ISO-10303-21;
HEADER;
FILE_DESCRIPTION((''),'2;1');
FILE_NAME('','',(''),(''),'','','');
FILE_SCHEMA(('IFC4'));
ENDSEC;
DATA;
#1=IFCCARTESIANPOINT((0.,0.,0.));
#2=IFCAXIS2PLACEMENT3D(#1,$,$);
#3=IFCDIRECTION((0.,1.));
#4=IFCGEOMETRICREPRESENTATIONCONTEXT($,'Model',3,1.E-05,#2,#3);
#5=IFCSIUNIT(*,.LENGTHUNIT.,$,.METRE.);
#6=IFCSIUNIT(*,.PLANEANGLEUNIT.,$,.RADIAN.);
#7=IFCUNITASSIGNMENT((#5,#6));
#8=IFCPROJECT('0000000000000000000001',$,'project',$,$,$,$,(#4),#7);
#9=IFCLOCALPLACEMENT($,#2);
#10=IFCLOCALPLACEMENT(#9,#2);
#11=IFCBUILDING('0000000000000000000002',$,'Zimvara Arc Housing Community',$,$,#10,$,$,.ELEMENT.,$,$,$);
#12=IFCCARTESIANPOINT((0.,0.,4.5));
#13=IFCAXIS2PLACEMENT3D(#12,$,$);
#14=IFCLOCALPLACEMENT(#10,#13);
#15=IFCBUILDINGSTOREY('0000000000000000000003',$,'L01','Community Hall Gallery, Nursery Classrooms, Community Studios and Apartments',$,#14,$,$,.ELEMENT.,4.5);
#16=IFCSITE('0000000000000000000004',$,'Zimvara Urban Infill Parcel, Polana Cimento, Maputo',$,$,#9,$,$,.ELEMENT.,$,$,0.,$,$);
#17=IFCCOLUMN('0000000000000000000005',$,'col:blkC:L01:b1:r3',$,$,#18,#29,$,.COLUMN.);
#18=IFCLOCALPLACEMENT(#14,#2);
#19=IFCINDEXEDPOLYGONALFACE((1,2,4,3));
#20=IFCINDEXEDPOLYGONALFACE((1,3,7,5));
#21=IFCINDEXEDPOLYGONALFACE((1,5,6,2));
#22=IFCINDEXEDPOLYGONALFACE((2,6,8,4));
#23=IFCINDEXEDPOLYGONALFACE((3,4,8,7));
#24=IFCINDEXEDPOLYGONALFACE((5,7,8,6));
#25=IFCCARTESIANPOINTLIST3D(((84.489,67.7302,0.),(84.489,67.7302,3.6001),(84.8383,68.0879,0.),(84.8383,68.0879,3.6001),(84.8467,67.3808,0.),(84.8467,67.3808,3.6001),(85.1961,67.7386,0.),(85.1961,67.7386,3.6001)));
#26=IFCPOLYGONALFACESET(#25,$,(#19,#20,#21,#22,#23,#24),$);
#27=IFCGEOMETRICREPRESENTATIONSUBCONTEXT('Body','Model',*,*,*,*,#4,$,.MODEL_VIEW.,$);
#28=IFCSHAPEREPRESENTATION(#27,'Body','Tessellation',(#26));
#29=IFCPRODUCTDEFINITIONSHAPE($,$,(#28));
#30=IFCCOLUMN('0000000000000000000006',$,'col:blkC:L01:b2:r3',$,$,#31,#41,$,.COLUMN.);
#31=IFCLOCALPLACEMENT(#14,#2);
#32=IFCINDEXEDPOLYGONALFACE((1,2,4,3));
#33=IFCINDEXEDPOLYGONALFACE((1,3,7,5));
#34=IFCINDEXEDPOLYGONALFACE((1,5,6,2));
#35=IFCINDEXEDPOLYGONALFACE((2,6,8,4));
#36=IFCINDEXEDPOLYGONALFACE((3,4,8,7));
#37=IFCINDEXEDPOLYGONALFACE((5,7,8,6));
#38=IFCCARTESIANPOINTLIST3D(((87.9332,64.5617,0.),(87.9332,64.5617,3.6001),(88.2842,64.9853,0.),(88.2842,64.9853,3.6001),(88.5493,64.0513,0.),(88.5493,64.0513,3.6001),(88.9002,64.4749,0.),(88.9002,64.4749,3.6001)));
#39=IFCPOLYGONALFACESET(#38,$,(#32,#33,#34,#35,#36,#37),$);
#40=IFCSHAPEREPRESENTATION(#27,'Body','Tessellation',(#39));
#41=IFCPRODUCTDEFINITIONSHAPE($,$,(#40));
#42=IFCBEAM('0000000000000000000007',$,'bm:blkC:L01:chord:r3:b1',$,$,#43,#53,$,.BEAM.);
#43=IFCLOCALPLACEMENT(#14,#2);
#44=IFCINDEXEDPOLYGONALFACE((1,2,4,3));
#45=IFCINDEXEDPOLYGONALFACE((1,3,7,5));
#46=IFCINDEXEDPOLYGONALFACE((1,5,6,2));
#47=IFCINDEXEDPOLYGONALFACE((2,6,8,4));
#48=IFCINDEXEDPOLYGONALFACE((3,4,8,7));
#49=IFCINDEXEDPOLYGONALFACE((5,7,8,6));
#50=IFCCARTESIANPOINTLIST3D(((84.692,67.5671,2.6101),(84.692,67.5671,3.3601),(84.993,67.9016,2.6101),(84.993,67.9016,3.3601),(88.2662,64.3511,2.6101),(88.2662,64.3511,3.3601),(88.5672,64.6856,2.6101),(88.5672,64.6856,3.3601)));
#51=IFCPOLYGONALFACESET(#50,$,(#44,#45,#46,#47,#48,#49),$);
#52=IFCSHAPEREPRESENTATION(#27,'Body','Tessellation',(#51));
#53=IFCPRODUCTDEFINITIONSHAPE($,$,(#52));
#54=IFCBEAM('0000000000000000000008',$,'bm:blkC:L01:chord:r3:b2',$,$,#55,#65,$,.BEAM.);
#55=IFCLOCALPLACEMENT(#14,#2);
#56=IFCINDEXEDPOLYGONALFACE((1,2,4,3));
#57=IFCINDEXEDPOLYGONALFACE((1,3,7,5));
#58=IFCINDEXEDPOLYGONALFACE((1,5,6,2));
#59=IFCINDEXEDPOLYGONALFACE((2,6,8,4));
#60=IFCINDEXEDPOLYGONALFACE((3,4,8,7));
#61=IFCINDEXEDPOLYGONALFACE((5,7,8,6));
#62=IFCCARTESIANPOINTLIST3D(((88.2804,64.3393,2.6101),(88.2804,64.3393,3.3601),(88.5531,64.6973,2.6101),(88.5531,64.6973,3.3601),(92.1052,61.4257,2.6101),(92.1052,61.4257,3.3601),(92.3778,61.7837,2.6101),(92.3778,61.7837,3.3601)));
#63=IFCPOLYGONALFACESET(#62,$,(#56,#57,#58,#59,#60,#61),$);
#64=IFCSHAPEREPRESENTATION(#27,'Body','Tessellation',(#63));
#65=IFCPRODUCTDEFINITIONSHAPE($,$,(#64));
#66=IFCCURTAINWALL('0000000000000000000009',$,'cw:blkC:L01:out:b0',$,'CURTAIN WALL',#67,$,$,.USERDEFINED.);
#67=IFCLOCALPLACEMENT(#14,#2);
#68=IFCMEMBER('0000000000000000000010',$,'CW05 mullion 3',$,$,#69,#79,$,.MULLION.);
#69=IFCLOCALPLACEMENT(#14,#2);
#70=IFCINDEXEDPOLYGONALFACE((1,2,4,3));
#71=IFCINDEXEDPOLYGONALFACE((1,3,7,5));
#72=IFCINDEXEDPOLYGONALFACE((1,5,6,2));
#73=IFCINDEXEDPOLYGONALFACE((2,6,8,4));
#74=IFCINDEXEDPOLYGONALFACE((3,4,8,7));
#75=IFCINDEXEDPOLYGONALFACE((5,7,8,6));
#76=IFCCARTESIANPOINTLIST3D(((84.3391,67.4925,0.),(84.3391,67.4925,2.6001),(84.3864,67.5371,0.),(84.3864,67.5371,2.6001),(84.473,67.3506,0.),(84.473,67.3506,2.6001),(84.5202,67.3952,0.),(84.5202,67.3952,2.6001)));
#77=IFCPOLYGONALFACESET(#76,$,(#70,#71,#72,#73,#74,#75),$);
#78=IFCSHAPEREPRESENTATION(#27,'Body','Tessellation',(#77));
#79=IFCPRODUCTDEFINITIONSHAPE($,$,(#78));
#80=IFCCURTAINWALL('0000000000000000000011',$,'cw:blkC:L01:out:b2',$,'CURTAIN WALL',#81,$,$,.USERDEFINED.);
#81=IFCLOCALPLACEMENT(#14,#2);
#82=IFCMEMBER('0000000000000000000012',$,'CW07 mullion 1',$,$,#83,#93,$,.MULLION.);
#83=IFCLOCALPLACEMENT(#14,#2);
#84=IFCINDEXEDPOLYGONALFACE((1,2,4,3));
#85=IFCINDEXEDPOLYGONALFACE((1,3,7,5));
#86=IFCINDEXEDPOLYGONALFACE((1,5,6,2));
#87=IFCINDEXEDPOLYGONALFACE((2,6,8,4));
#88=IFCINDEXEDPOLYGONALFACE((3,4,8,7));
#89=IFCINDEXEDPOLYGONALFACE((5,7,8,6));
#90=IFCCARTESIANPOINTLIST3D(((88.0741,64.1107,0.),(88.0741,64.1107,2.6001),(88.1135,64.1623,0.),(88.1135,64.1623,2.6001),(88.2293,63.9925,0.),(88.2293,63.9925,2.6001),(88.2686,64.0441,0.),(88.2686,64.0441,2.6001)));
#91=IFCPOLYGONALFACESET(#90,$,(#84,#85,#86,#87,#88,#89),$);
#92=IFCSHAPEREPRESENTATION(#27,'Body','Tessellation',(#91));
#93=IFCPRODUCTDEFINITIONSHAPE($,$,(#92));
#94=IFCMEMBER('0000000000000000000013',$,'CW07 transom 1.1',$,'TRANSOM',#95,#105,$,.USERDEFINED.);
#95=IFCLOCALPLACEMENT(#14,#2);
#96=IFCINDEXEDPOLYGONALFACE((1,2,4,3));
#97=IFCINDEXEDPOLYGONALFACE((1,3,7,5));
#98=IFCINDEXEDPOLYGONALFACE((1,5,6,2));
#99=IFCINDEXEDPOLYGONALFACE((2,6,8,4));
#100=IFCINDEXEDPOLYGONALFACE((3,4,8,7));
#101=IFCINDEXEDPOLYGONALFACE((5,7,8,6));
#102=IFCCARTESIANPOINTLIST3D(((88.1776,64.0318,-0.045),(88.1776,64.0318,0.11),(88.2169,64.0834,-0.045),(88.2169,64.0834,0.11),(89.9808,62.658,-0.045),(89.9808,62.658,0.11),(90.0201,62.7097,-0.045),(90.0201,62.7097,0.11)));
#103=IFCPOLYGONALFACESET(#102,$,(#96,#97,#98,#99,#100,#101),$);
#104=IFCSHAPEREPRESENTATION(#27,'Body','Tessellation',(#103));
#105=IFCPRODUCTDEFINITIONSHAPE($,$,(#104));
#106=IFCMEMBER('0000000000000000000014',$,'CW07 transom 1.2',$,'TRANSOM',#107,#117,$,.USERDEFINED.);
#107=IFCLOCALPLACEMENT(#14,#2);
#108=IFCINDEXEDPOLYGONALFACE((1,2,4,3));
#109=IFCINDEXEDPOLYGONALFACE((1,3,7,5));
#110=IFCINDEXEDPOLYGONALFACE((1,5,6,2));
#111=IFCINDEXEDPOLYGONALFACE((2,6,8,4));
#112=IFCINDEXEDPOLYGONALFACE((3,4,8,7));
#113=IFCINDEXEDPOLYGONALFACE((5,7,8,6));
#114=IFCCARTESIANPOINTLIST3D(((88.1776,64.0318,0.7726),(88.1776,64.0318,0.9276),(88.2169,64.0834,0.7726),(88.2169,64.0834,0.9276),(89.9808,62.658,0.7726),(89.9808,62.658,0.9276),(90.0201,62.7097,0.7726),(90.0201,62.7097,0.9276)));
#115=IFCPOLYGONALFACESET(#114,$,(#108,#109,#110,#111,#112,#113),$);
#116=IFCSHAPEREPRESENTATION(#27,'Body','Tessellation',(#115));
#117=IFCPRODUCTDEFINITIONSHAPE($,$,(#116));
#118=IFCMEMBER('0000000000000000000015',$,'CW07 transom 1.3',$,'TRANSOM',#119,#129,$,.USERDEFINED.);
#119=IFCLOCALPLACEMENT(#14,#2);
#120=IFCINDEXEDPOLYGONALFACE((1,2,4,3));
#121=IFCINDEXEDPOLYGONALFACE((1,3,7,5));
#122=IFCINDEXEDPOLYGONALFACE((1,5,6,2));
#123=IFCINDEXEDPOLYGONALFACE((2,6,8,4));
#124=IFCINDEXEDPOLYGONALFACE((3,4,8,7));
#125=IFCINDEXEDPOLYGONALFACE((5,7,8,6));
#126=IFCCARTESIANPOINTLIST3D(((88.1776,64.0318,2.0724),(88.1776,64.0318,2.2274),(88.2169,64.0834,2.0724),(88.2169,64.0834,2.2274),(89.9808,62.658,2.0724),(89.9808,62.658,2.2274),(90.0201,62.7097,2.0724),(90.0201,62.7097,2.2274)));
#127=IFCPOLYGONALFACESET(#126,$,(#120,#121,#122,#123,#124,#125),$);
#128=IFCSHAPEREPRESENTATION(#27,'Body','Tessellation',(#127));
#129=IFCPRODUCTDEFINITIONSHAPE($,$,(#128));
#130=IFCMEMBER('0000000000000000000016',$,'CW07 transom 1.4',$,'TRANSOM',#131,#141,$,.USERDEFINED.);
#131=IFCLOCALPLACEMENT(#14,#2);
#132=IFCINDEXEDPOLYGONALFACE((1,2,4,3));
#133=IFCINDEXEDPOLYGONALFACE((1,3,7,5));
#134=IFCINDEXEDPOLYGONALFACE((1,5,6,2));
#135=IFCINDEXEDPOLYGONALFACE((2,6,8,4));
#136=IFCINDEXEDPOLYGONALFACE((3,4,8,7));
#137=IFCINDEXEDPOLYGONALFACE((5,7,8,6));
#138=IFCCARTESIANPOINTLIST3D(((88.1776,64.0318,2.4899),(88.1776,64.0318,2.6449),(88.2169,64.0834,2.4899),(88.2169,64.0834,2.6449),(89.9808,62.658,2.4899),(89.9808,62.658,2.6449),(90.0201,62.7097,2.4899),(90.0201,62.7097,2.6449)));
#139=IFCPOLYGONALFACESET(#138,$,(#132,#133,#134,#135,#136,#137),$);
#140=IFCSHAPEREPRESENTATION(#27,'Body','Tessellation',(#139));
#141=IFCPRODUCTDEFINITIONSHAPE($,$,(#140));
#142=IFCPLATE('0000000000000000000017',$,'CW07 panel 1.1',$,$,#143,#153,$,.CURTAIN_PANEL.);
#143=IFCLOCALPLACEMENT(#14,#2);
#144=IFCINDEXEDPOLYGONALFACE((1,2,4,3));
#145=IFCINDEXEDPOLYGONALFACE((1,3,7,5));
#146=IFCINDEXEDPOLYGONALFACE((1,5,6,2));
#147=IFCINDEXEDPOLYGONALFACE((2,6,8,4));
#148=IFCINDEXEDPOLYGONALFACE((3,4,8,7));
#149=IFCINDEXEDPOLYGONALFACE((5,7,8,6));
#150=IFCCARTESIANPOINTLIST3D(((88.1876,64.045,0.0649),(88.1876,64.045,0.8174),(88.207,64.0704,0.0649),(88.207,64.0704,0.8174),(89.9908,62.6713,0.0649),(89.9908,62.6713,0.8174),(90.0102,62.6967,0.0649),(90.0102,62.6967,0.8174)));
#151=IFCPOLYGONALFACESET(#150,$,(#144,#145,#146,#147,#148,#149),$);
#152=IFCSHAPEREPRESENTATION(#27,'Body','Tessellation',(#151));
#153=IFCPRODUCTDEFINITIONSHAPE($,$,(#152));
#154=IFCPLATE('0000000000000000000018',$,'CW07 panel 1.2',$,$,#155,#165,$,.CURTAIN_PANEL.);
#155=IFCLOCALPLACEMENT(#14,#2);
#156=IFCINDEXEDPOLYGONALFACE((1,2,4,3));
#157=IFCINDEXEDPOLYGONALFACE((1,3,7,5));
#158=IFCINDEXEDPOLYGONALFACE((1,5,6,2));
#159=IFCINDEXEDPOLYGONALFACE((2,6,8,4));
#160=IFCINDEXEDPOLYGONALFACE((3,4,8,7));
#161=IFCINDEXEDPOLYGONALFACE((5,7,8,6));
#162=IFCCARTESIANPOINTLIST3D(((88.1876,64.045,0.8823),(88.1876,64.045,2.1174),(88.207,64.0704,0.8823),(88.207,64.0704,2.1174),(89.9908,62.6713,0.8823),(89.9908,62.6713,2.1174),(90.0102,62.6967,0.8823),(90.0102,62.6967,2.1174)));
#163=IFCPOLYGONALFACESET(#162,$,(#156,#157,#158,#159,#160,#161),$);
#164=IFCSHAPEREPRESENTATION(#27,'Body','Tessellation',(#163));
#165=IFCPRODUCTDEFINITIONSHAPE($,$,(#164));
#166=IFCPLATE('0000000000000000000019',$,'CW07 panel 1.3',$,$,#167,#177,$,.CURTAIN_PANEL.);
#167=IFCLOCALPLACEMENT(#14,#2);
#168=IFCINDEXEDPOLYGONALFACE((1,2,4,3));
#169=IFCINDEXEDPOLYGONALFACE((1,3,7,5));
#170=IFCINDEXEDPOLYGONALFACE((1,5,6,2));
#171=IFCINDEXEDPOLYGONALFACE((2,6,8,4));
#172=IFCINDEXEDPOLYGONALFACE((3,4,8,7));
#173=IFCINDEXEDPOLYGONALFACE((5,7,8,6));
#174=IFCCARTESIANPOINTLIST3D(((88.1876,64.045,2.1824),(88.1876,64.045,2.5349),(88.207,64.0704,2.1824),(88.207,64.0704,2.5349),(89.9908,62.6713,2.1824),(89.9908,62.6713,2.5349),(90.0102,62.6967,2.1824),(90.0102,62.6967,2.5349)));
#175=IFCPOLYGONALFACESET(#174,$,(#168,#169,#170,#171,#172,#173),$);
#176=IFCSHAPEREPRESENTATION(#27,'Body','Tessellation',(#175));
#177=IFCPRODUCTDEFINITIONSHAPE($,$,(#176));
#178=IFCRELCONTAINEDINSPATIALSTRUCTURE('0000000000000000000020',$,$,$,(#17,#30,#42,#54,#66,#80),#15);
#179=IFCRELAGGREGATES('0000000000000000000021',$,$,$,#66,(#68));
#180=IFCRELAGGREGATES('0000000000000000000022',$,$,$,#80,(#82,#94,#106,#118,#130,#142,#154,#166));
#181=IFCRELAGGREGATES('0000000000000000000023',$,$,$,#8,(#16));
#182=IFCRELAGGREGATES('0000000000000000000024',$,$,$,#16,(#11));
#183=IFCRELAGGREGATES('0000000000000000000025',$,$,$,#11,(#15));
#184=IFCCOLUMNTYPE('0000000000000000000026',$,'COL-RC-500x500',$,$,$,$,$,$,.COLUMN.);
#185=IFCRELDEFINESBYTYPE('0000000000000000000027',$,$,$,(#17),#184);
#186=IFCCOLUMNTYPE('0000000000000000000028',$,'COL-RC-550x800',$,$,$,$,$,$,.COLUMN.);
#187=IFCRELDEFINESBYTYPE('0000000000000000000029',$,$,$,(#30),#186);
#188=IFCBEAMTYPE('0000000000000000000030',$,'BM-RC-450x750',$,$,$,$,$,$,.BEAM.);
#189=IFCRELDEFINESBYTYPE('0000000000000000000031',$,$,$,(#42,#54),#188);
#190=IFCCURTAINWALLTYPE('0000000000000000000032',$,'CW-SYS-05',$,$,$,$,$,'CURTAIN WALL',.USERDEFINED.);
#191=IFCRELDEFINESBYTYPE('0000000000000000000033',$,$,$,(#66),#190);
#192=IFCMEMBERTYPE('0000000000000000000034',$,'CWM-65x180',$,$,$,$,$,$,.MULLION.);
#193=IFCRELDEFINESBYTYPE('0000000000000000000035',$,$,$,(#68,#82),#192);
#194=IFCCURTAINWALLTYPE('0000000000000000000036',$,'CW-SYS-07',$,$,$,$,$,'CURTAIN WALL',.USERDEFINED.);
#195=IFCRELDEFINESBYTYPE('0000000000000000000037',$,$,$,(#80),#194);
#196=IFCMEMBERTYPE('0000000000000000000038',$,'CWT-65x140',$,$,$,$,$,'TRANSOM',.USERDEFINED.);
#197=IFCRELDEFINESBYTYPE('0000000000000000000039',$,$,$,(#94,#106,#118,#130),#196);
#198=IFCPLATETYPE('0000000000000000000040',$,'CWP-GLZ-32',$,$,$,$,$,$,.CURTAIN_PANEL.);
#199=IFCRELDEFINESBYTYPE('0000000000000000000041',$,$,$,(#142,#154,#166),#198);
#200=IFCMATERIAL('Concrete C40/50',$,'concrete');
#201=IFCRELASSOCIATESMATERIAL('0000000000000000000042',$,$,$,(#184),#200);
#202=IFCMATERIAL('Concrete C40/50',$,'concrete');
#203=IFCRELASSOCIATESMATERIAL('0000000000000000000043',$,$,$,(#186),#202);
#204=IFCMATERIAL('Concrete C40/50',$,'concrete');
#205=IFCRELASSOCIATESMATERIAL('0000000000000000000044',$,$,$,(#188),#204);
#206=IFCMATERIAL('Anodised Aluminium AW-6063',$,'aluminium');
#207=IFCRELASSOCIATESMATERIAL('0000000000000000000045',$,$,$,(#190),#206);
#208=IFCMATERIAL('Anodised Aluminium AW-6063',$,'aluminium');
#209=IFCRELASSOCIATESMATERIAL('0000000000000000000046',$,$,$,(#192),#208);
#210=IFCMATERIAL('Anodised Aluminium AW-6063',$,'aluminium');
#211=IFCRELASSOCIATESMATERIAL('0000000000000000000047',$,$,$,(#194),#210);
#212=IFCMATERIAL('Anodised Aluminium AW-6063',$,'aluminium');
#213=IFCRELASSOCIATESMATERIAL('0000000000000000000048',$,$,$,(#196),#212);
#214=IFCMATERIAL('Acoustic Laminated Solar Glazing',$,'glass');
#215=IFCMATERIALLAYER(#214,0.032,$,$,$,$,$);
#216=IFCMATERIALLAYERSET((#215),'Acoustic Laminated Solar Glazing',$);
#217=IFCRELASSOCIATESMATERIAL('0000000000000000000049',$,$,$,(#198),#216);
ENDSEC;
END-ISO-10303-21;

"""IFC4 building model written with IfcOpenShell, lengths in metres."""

from ifc_helpers import new_model, si_unit, direction, frame, origin, origin_2d, place, context, subcontext, project, spatial, rectangle, extrude, material, layer, layer_set, material_profile, profile_set, type_object, element, aggregate, save


model = new_model("IFC4")

# Units and contexts
model_context = context("Model", 3, precision=1e-05, world=origin(), true_north=direction((0.0, 1.0)))
body_context = subcontext(model_context, "Body", "Model", "MODEL_VIEW")
ifc_project = project(units=[si_unit("LENGTHUNIT", "METRE"), si_unit("PLANEANGLEUNIT", "RADIAN")], contexts=[model_context])

# Site, building, storey
site_placement = place(None, origin())
site = spatial("IfcSite", under=ifc_project, at=site_placement, Name="Zimvara Urban Infill Parcel, Polana Cimento, Maputo", CompositionType="ELEMENT", RefElevation=0.0)
building_placement = place(site_placement, origin())
building = spatial("IfcBuilding", under=site, at=building_placement, Name="Zimvara Arc Housing Community", CompositionType="ELEMENT")
storey_placement = place(building_placement, frame((0.0, 0.0, 4.5)))
storey = spatial("IfcBuildingStorey", under=building, at=storey_placement, Name="L01", Description="Community Hall Gallery, Nursery Classrooms, Community Studios and Apartments", CompositionType="ELEMENT", Elevation=4.5)

# Columns
ifc_material_1 = material(Name="Concrete C40/50", Category="concrete")
ifc_material_profile_1 = material_profile(ifc_material_1, rectangle(XDim=0.5, YDim=0.5, at=origin_2d()), Name="RC 500x500")
ifc_profile_set_1 = profile_set([ifc_material_profile_1], Name="Concrete C40/50")
column_type_1 = type_object("IfcColumnType", Name="COL-RC-500x500", PredefinedType="COLUMN", material=ifc_profile_set_1)
column_1_placement = place(storey_placement, frame((84.8425, 67.7344, 0.0), z_axis=(0.0, 0.0, 1.0), x_axis=(-0.698665, -0.715449, 0.0)))
element("IfcColumn", 1, at=column_1_placement, inside=storey, type_object=column_type_1, Name="col:blkC:L01:b1:r3", PredefinedType="COLUMN", context=body_context, shape_type="SweptSolid", body=[
    extrude(rectangle(XDim=0.5, YDim=0.5, at=origin_2d()), origin(), (0.0, 0.0, 1.0), 3.6001),
])
ifc_material_2 = material(Name="Concrete C40/50", Category="concrete")
ifc_material_profile_2 = material_profile(ifc_material_2, rectangle(XDim=0.55, YDim=0.8, at=origin_2d()), Name="RC 550x800")
ifc_profile_set_2 = profile_set([ifc_material_profile_2], Name="Concrete C40/50")
column_type_2 = type_object("IfcColumnType", Name="COL-RC-550x800", PredefinedType="COLUMN", material=ifc_profile_set_2)
column_2_placement = place(storey_placement, frame((88.4167, 64.5183, 0.0), z_axis=(0.0, 0.0, 1.0), x_axis=(-0.637962, -0.770068, 0.0)))
element("IfcColumn", 2, at=column_2_placement, inside=storey, type_object=column_type_2, Name="col:blkC:L01:b2:r3", PredefinedType="COLUMN", context=body_context, shape_type="SweptSolid", body=[
    extrude(rectangle(XDim=0.55, YDim=0.8, at=origin_2d()), origin(), (0.0, 0.0, 1.0), 3.6001),
])

# Beams
ifc_material_3 = material(Name="Concrete C40/50", Category="concrete")
ifc_material_profile_3 = material_profile(ifc_material_3, rectangle(XDim=0.45, YDim=0.75, at=origin_2d()), Name="RC 450x750")
ifc_profile_set_3 = profile_set([ifc_material_profile_3], Name="Concrete C40/50")
beam_type = type_object("IfcBeamType", Name="BM-RC-450x750", PredefinedType="BEAM", material=ifc_profile_set_3)
for number, where, z_axis, x_axis, name in (
    (3, (84.8425, 67.7344, 2.9851), (0.74337, -0.668881, 0.0), (0.668881, 0.74337, 0.0), "bm:blkC:L01:chord:r3:b1"),
    (4, (88.4167, 64.5183, 2.9851), (0.795481, -0.605979, 0.0), (0.605979, 0.795481, 0.0), "bm:blkC:L01:chord:r3:b2"),
):
    element("IfcBeam", number, at=place(storey_placement, frame(where, z_axis=z_axis, x_axis=x_axis)), inside=storey, type_object=beam_type, Name=name, PredefinedType="BEAM", context=body_context, shape_type="SweptSolid", body=[
        extrude(rectangle(XDim=0.45, YDim=0.75, at=origin_2d()), origin(), (0.0, 0.0, 1.0), 4.8081),
    ])

# Curtain wall, member
ifc_material_4 = material(Name="Anodised Aluminium AW-6063", Category="aluminium")
curtain_wall_type_1 = type_object("IfcCurtainWallType", Name="CW-SYS-05", ElementType="CURTAIN WALL", PredefinedType="USERDEFINED", material=ifc_material_4)
curtain_wall_1_placement = place(storey_placement, origin())
curtain_wall_1 = element("IfcCurtainWall", 5, at=curtain_wall_1_placement, inside=storey, type_object=curtain_wall_type_1, Name="cw:blkC:L01:out:b0", ObjectType="CURTAIN WALL", PredefinedType="USERDEFINED")
ifc_material_5 = material(Name="Anodised Aluminium AW-6063", Category="aluminium")
ifc_material_profile_4 = material_profile(ifc_material_5, rectangle(XDim=0.0649, YDim=0.1951, at=origin_2d()), Name="ALU 65x195")
ifc_profile_set_4 = profile_set([ifc_material_profile_4], Name="Anodised Aluminium AW-6063")
member_type_1 = type_object("IfcMemberType", Name="CWM-65x180", PredefinedType="MULLION", material=ifc_profile_set_4)
member_1_placement = place(storey_placement, frame((84.4297, 67.4438, 0.0), z_axis=(0.0, 0.0, 1.0), x_axis=(0.727294, 0.686326, 0.0)))
member_1 = element("IfcMember", 6, at=member_1_placement, type_object=member_type_1, Name="CW05 mullion 3", PredefinedType="MULLION", context=body_context, shape_type="SweptSolid", body=[
    extrude(rectangle(XDim=0.0649, YDim=0.1951, at=origin_2d()), origin(), (0.0, 0.0, 1.0), 2.6001),
])
aggregate(curtain_wall_1, [member_1])

# Curtain wall, members, plates
ifc_material_6 = material(Name="Anodised Aluminium AW-6063", Category="aluminium")
curtain_wall_type_2 = type_object("IfcCurtainWallType", Name="CW-SYS-07", ElementType="CURTAIN WALL", PredefinedType="USERDEFINED", material=ifc_material_6)
curtain_wall_2_placement = place(storey_placement, origin())
curtain_wall_2 = element("IfcCurtainWall", 7, at=curtain_wall_2_placement, inside=storey, type_object=curtain_wall_type_2, Name="cw:blkC:L01:out:b2", ObjectType="CURTAIN WALL", PredefinedType="USERDEFINED")
member_2_placement = place(storey_placement, frame((88.1714, 64.0774, 0.0), z_axis=(0.0, 0.0, 1.0), x_axis=(0.605988, 0.795474, 0.0)))
member_2 = element("IfcMember", 8, at=member_2_placement, type_object=member_type_1, Name="CW07 mullion 1", PredefinedType="MULLION", context=body_context, shape_type="SweptSolid", body=[
    extrude(rectangle(XDim=0.0649, YDim=0.1951, at=origin_2d()), origin(), (0.0, 0.0, 1.0), 2.6001),
])
ifc_material_7 = material(Name="Anodised Aluminium AW-6063", Category="aluminium")
ifc_material_profile_5 = material_profile(ifc_material_7, rectangle(XDim=0.0649, YDim=0.155, at=origin_2d()), Name="ALU 65x155")
ifc_profile_set_5 = profile_set([ifc_material_profile_5], Name="Anodised Aluminium AW-6063")
member_type_2 = type_object("IfcMemberType", Name="CWT-65x140", ElementType="TRANSOM", PredefinedType="USERDEFINED", material=ifc_profile_set_5)
member_3_placement = place(storey_placement, frame((88.1973, 64.0576, 0.0325), z_axis=(0.795454, -0.606014, 0.0), x_axis=(0.606014, 0.795454, 0.0)))
member_3 = element("IfcMember", 9, at=member_3_placement, type_object=member_type_2, Name="CW07 transom 1.1", ObjectType="TRANSOM", PredefinedType="USERDEFINED", context=body_context, shape_type="SweptSolid", body=[
    extrude(rectangle(XDim=0.0649, YDim=0.155, at=origin_2d()), origin(), (0.0, 0.0, 1.0), 2.2668),
])
member_4_placement = place(storey_placement, frame((88.1973, 64.0576, 0.8501), z_axis=(0.795454, -0.606014, 0.0), x_axis=(0.606014, 0.795454, 0.0)))
member_4 = element("IfcMember", 10, at=member_4_placement, type_object=member_type_2, Name="CW07 transom 1.2", ObjectType="TRANSOM", PredefinedType="USERDEFINED", context=body_context, shape_type="SweptSolid", body=[
    extrude(rectangle(XDim=0.0649, YDim=0.155, at=origin_2d()), origin(), (0.0, 0.0, 1.0), 2.2668),
])
member_5_placement = place(storey_placement, frame((88.1973, 64.0576, 2.1499), z_axis=(0.795454, -0.606014, 0.0), x_axis=(0.606014, 0.795454, 0.0)))
member_5 = element("IfcMember", 11, at=member_5_placement, type_object=member_type_2, Name="CW07 transom 1.3", ObjectType="TRANSOM", PredefinedType="USERDEFINED", context=body_context, shape_type="SweptSolid", body=[
    extrude(rectangle(XDim=0.0649, YDim=0.155, at=origin_2d()), origin(), (0.0, 0.0, 1.0), 2.2668),
])
member_6_placement = place(storey_placement, frame((88.1973, 64.0576, 2.5674), z_axis=(0.795454, -0.606014, 0.0), x_axis=(0.606014, 0.795454, 0.0)))
member_6 = element("IfcMember", 12, at=member_6_placement, type_object=member_type_2, Name="CW07 transom 1.4", ObjectType="TRANSOM", PredefinedType="USERDEFINED", context=body_context, shape_type="SweptSolid", body=[
    extrude(rectangle(XDim=0.0649, YDim=0.155, at=origin_2d()), origin(), (0.0, 0.0, 1.0), 2.2668),
])
ifc_material_8 = material(Name="Acoustic Laminated Solar Glazing", Category="glass")
ifc_layer_1 = layer(ifc_material_8, 0.032)
ifc_layer_set_1 = layer_set([ifc_layer_1], Name="Acoustic Laminated Solar Glazing")
plate_type = type_object("IfcPlateType", Name="CWP-GLZ-32", PredefinedType="CURTAIN_PANEL", material=ifc_layer_set_1)
plate_1_placement = place(storey_placement, frame((89.0989, 63.3708, 0.0649), z_axis=(0.0, 0.0, 1.0), x_axis=(0.795474, -0.605988, 0.0)))
plate_1 = element("IfcPlate", 13, at=plate_1_placement, type_object=plate_type, Name="CW07 panel 1.1", PredefinedType="CURTAIN_PANEL", context=body_context, shape_type="SweptSolid", body=[
    extrude(rectangle(XDim=2.2668, YDim=0.032, at=origin_2d()), origin(), (0.0, 0.0, 1.0), 0.7524),
])
plate_2_placement = place(storey_placement, frame((89.0989, 63.3708, 0.8823), z_axis=(0.0, 0.0, 1.0), x_axis=(0.795474, -0.605988, 0.0)))
plate_2 = element("IfcPlate", 14, at=plate_2_placement, type_object=plate_type, Name="CW07 panel 1.2", PredefinedType="CURTAIN_PANEL", context=body_context, shape_type="SweptSolid", body=[
    extrude(rectangle(XDim=2.2668, YDim=0.032, at=origin_2d()), origin(), (0.0, 0.0, 1.0), 1.2351),
])
plate_3_placement = place(storey_placement, frame((89.0989, 63.3708, 2.1824), z_axis=(0.0, 0.0, 1.0), x_axis=(0.795474, -0.605988, 0.0)))
plate_3 = element("IfcPlate", 15, at=plate_3_placement, type_object=plate_type, Name="CW07 panel 1.3", PredefinedType="CURTAIN_PANEL", context=body_context, shape_type="SweptSolid", body=[
    extrude(rectangle(XDim=2.2668, YDim=0.032, at=origin_2d()), origin(), (0.0, 0.0, 1.0), 0.3525),
])
aggregate(curtain_wall_2, [member_2, member_3, member_4, member_5, member_6, plate_1, plate_2, plate_3])

save(model, "model.ifc")
